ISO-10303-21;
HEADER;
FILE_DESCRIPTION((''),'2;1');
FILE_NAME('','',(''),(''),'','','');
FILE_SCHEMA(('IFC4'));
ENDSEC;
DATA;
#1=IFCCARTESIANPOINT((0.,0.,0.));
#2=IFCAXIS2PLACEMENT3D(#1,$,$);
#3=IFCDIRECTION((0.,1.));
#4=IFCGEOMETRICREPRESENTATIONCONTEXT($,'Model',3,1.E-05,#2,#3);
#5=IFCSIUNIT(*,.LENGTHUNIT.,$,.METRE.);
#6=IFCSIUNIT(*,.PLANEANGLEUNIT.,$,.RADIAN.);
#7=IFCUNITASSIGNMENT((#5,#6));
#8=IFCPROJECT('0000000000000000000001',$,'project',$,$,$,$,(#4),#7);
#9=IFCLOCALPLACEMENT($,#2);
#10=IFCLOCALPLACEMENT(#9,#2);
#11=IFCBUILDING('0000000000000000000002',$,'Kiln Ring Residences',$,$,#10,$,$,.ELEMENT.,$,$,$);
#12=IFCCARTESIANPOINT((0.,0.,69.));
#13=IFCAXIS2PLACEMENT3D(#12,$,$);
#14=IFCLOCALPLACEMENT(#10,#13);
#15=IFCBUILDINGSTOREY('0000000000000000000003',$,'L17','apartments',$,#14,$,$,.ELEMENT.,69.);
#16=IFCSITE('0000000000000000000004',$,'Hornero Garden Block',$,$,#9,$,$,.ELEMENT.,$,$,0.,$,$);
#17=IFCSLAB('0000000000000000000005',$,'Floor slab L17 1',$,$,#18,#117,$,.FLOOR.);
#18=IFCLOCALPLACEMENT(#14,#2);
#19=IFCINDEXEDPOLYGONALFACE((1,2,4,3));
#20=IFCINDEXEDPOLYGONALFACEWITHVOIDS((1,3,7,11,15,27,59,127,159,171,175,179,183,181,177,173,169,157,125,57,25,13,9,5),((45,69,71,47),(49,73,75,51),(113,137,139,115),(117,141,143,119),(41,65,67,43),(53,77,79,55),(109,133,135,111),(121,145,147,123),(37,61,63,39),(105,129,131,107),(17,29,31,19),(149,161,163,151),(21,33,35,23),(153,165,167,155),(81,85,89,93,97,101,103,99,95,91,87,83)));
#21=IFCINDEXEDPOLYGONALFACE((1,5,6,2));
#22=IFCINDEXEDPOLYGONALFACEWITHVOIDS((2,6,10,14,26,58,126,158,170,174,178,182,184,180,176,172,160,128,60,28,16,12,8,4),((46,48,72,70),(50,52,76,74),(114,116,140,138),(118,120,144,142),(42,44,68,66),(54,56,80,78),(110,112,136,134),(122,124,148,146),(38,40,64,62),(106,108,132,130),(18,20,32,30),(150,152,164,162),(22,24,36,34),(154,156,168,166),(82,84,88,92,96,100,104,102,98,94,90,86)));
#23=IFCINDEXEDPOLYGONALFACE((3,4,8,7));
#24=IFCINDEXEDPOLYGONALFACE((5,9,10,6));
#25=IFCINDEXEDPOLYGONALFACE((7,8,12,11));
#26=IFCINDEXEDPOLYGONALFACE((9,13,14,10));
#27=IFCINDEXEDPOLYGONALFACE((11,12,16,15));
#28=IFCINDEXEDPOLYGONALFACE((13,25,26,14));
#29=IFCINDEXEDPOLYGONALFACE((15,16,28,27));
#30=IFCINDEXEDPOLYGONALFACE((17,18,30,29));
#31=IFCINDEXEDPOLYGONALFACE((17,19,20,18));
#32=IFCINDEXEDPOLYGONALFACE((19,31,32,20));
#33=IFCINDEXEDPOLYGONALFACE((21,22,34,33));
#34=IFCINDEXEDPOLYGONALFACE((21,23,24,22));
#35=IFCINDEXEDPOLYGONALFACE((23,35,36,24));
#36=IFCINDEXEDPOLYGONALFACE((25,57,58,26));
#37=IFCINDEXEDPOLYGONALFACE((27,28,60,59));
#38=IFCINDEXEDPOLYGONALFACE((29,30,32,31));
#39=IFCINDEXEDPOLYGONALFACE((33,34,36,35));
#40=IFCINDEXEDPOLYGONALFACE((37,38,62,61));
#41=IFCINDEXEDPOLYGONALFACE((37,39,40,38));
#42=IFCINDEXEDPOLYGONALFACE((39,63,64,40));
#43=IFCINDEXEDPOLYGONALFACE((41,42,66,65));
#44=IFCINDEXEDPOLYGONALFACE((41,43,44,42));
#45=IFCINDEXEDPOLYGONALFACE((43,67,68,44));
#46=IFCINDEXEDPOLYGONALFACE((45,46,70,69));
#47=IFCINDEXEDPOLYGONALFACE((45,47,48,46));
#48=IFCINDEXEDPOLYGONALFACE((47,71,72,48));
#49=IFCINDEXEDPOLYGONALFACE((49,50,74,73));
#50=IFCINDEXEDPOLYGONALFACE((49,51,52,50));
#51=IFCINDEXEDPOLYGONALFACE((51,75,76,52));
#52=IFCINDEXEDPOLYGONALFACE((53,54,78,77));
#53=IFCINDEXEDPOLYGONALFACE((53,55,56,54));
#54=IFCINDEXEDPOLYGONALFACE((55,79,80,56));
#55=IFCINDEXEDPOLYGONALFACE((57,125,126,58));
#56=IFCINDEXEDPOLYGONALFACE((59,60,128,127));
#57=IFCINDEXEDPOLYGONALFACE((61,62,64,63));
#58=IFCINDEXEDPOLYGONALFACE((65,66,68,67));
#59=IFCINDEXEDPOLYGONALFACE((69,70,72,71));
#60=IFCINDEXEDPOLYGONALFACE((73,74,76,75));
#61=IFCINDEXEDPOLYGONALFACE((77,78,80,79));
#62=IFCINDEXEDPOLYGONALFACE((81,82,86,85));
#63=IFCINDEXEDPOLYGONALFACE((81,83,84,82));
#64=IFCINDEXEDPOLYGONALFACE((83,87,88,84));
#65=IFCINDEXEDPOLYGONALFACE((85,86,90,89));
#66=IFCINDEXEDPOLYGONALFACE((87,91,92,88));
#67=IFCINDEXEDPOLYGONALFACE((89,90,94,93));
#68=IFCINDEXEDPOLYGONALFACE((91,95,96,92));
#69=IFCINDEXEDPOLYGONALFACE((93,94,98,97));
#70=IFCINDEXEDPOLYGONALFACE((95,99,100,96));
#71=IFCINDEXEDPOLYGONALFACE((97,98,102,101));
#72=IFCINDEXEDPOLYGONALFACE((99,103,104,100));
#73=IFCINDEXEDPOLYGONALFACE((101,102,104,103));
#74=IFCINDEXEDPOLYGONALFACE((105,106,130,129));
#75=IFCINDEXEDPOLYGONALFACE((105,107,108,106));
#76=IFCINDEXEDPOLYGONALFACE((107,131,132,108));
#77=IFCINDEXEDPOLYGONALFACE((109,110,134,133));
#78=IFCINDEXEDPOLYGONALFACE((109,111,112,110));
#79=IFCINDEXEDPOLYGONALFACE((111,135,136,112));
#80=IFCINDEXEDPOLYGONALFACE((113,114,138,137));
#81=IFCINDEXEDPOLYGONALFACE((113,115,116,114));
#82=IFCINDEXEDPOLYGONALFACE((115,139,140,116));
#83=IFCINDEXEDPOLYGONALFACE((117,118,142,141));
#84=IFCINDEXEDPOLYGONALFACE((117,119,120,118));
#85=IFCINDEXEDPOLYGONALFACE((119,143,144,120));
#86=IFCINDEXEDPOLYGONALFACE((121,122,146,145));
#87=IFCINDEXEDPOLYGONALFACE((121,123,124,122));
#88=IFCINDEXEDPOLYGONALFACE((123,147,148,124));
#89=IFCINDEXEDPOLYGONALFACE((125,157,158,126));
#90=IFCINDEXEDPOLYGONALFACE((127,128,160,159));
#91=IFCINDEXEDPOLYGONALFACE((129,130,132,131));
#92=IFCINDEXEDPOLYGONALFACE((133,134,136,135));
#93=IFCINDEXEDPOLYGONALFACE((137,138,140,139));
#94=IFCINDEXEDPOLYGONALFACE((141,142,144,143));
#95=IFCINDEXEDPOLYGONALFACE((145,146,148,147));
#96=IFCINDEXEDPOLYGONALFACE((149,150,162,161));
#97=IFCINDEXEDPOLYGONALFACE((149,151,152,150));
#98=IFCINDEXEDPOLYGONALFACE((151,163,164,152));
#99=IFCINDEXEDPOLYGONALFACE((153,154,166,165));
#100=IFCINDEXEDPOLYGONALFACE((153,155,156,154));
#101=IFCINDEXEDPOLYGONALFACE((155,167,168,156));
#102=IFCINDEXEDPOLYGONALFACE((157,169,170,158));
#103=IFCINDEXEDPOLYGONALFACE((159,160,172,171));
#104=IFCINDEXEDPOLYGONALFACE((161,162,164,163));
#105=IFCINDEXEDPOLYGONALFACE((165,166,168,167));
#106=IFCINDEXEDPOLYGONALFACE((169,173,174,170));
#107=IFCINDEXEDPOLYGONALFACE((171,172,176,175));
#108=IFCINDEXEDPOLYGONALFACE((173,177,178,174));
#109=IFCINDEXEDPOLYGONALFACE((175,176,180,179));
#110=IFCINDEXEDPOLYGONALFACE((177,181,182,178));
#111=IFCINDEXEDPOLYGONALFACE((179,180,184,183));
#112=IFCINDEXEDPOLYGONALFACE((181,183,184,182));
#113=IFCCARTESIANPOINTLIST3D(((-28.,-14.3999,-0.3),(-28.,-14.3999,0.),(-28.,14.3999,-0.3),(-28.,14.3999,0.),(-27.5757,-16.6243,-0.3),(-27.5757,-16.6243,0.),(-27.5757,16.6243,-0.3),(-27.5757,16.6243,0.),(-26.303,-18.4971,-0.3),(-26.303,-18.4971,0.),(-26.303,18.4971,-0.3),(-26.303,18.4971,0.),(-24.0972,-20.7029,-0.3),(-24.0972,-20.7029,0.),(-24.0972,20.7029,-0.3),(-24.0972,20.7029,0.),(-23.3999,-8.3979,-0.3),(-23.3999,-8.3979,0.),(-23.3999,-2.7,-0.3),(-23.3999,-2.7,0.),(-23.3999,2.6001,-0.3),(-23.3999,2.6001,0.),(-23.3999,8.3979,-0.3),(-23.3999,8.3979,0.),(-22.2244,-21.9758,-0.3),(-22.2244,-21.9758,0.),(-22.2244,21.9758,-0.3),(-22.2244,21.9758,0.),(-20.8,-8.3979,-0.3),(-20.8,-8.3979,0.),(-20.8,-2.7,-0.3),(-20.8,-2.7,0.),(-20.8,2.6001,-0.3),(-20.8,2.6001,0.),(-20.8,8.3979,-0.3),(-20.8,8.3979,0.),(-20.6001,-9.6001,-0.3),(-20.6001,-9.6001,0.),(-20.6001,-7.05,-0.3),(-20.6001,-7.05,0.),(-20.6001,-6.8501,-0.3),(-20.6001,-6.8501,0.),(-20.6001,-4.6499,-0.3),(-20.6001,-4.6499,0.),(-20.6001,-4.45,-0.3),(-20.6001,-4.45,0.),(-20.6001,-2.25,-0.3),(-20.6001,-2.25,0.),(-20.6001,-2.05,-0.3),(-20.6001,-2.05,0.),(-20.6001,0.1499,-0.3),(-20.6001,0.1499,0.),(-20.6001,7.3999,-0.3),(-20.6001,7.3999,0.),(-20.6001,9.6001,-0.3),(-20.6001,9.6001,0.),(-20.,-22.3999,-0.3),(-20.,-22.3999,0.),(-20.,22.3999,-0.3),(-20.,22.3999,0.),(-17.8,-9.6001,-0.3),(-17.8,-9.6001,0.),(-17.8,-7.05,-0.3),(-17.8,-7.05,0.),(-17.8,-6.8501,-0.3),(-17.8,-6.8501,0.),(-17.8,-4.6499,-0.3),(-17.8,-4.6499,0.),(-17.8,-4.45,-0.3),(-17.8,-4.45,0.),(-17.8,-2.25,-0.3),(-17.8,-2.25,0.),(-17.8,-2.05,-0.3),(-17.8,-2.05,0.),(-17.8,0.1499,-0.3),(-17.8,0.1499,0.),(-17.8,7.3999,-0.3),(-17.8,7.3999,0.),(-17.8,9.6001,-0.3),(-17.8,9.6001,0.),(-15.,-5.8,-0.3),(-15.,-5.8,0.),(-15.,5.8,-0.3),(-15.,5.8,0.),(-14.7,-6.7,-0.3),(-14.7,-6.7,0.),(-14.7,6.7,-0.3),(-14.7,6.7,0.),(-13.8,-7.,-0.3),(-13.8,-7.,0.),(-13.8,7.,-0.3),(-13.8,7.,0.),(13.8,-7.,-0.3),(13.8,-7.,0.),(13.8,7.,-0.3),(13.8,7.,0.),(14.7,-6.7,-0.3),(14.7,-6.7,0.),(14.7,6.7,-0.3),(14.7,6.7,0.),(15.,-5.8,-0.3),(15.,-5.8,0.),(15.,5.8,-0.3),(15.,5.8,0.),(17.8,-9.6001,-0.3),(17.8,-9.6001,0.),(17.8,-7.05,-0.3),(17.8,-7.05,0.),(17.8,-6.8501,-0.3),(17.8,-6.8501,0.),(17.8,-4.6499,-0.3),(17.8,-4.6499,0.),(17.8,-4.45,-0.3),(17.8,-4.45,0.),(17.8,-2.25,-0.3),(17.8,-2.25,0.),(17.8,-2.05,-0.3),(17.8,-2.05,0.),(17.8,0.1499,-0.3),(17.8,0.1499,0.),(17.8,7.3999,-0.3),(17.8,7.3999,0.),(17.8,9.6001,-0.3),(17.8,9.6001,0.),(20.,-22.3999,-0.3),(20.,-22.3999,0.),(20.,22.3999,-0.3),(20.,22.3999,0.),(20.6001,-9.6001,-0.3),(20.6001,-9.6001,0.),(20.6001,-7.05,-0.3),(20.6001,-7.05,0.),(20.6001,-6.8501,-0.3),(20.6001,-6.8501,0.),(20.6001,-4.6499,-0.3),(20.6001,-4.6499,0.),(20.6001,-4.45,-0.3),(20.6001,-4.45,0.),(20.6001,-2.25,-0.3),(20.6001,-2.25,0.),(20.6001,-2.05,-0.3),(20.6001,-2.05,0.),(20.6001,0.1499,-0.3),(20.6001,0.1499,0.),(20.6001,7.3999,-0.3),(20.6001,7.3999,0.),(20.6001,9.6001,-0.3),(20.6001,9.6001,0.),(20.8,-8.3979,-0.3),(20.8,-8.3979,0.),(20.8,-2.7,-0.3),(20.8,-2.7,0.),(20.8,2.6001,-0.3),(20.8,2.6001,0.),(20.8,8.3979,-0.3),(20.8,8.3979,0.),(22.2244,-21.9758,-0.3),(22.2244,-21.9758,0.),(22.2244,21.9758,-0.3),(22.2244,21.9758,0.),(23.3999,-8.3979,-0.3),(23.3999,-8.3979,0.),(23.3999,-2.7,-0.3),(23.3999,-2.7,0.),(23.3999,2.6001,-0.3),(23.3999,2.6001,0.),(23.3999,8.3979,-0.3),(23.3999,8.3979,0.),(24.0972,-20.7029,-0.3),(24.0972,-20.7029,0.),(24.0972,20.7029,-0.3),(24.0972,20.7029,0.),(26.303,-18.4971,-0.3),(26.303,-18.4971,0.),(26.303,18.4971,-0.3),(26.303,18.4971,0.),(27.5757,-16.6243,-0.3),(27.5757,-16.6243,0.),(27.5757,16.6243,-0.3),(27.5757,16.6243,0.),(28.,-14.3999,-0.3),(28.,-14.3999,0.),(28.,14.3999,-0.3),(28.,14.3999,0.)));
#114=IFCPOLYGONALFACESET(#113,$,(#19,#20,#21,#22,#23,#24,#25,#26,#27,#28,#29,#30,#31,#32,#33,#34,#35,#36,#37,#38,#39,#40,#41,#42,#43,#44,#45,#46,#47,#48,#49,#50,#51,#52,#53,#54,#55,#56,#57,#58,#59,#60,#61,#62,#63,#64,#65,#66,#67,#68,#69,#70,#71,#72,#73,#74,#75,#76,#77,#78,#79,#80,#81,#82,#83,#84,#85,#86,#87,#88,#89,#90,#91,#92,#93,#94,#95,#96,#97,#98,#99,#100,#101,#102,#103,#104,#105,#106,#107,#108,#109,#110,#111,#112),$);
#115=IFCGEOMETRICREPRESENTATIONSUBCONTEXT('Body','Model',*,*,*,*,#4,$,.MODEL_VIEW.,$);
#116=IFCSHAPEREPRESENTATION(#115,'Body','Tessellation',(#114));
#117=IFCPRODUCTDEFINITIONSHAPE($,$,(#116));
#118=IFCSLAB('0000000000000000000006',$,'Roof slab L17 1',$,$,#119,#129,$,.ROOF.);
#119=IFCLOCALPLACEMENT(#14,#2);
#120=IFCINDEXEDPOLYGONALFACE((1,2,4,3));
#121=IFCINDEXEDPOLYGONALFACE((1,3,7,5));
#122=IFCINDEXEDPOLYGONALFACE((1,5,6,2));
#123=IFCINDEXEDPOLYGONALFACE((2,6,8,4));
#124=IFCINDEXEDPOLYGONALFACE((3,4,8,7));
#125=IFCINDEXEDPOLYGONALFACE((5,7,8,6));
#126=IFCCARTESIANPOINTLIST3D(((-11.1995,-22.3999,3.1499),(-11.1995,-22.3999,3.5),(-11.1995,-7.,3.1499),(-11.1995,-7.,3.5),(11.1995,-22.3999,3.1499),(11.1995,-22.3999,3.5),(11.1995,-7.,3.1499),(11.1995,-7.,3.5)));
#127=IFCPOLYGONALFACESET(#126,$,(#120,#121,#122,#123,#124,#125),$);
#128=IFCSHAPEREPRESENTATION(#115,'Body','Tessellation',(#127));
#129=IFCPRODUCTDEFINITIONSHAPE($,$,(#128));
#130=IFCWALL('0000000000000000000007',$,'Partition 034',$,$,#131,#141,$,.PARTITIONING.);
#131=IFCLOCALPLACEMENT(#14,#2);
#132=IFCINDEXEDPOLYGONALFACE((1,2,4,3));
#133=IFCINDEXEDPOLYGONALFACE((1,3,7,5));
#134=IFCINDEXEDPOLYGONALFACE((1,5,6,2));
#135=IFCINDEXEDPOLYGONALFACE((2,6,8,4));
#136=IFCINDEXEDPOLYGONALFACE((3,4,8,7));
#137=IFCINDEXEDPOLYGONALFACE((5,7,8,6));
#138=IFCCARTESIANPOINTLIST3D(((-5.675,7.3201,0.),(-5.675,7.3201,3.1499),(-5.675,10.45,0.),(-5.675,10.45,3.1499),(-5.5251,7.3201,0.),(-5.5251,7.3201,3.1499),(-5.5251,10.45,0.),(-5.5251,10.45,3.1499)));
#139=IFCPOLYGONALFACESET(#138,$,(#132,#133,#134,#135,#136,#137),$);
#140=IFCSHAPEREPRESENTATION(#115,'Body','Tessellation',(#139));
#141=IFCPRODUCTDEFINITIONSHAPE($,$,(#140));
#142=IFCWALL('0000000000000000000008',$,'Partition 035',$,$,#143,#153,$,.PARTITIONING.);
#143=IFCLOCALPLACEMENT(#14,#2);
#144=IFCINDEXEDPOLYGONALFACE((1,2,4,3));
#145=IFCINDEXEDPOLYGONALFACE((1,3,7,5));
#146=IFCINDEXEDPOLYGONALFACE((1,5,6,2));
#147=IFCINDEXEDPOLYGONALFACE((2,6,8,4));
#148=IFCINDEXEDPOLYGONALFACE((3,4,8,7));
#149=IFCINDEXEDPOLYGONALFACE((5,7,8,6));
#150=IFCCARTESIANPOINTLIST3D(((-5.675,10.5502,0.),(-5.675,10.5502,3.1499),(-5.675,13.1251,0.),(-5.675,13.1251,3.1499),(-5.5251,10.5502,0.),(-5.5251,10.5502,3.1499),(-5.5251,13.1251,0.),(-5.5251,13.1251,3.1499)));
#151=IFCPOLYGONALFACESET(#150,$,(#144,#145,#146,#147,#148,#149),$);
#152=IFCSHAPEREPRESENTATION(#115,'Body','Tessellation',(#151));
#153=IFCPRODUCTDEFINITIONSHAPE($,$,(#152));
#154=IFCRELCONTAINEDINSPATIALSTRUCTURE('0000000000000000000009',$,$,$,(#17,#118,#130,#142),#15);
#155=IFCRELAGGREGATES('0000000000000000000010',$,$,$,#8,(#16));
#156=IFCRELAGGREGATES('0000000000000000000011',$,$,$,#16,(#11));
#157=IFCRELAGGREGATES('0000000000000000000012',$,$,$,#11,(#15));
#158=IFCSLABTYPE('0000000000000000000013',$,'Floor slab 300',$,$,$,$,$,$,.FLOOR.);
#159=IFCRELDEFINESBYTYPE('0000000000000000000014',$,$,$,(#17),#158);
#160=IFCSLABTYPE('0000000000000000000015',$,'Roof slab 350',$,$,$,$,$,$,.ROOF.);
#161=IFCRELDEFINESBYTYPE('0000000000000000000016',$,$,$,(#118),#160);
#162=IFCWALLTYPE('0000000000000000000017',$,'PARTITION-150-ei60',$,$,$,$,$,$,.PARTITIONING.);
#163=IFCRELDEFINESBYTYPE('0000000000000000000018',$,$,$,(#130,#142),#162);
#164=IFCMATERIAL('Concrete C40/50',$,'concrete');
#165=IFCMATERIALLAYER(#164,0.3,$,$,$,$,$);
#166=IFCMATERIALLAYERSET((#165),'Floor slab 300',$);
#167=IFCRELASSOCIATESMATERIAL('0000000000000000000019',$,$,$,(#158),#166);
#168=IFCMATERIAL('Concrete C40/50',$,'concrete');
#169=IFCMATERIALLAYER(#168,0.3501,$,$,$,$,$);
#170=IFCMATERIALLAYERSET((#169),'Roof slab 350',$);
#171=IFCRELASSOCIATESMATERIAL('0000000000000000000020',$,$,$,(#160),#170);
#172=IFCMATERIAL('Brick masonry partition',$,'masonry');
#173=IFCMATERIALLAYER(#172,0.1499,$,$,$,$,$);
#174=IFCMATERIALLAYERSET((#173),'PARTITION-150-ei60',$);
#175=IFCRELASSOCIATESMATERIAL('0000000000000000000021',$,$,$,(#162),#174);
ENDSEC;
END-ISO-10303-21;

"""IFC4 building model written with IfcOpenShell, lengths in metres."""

from ifc_helpers import new_model, si_unit, direction, frame, frame_2d, origin, place, context, subcontext, project, spatial, polyline, rectangle, outline, extrude, material, layer, layer_set, type_object, element, save


model = new_model("IFC4")

# Units and contexts
model_context = context("Model", 3, precision=1e-05, world=origin(), true_north=direction((0.0, 1.0)))
body_context = subcontext(model_context, "Body", "Model", "MODEL_VIEW")
ifc_project = project(units=[si_unit("LENGTHUNIT", "METRE"), si_unit("PLANEANGLEUNIT", "RADIAN")], contexts=[model_context])

# Site, building, storey
site_placement = place(None, origin())
site = spatial("IfcSite", under=ifc_project, at=site_placement, Name="Hornero Garden Block", CompositionType="ELEMENT", RefElevation=0.0)
building_placement = place(site_placement, origin())
building = spatial("IfcBuilding", under=site, at=building_placement, Name="Kiln Ring Residences", CompositionType="ELEMENT")
storey_placement = place(building_placement, frame((0.0, 0.0, 69.0)))
storey = spatial("IfcBuildingStorey", under=building, at=storey_placement, Name="L17", Description="apartments", CompositionType="ELEMENT", Elevation=69.0)

# Slabs
ifc_material_1 = material(Name="Concrete C40/50", Category="concrete")
ifc_layer_1 = layer(ifc_material_1, 0.3)
ifc_layer_set_1 = layer_set([ifc_layer_1], Name="Floor slab 300")
slab_type_1 = type_object("IfcSlabType", Name="Floor slab 300", PredefinedType="FLOOR", material=ifc_layer_set_1)
slab_1_placement = place(storey_placement, frame((0.0, 0.0, -0.3)))
element("IfcSlab", 1, at=slab_1_placement, inside=storey, type_object=slab_type_1, Name="Floor slab L17 1", PredefinedType="FLOOR", context=body_context, shape_type="SweptSolid", body=[
    extrude(outline(polyline([(-26.303, -18.4971), (-24.0972, -20.7029), (-22.2244, -21.9758), (-20.0, -22.3999), (20.0, -22.3999), (22.2244, -21.9758), (24.0972, -20.7029), (26.303, -18.4971), (27.5757, -16.6243), (28.0, -14.3999), (28.0, 14.3999), (27.5757, 16.6243), (26.303, 18.4971), (24.0972, 20.7029), (22.2244, 21.9758), (20.0, 22.3999), (-20.0, 22.3999), (-22.2244, 21.9758), (-24.0972, 20.7029), (-26.303, 18.4971), (-27.5757, 16.6243), (-28.0, 14.3999), (-28.0, -14.3999), (-27.5757, -16.6243), (-26.303, -18.4971)]), holes=[polyline([(-14.7, -6.7), (-15.0, -5.8), (-15.0, 5.8), (-14.7, 6.7), (-13.8, 7.0), (13.8, 7.0), (14.7, 6.7), (15.0, 5.8), (15.0, -5.8), (14.7, -6.7), (13.8, -7.0), (-13.8, -7.0), (-14.7, -6.7)]), polyline([(20.8, -8.3979), (20.8, -2.7), (23.3999, -2.7), (23.3999, -8.3979), (20.8, -8.3979)]), polyline([(20.8, 2.6001), (20.8, 8.3979), (23.3999, 8.3979), (23.3999, 2.6001), (20.8, 2.6001)]), polyline([(17.8, -6.8501), (17.8, -4.6499), (20.6001, -4.6499), (20.6001, -6.8501), (17.8, -6.8501)]), polyline([(17.8, -4.45), (17.8, -2.25), (20.6001, -2.25), (20.6001, -4.45), (17.8, -4.45)]), polyline([(17.8, -2.05), (17.8, 0.1499), (20.6001, 0.1499), (20.6001, -2.05), (17.8, -2.05)]), polyline([(17.8, 7.3999), (17.8, 9.6001), (20.6001, 9.6001), (20.6001, 7.3999), (17.8, 7.3999)]), polyline([(20.6001, -9.6001), (17.8, -9.6001), (17.8, -7.05), (20.6001, -7.05), (20.6001, -9.6001)]), polyline([(-17.8, -7.05), (-17.8, -9.6001), (-20.6001, -9.6001), (-20.6001, -7.05), (-17.8, -7.05)]), polyline([(-17.8, -6.8501), (-20.6001, -6.8501), (-20.6001, -4.6499), (-17.8, -4.6499), (-17.8, -6.8501)]), polyline([(-17.8, -4.45), (-20.6001, -4.45), (-20.6001, -2.25), (-17.8, -2.25), (-17.8, -4.45)]), polyline([(-17.8, -2.05), (-20.6001, -2.05), (-20.6001, 0.1499), (-17.8, 0.1499), (-17.8, -2.05)]), polyline([(-17.8, 7.3999), (-20.6001, 7.3999), (-20.6001, 9.6001), (-17.8, 9.6001), (-17.8, 7.3999)]), polyline([(-20.8, -8.3979), (-23.3999, -8.3979), (-23.3999, -2.7), (-20.8, -2.7), (-20.8, -8.3979)]), polyline([(-20.8, 2.6001), (-23.3999, 2.6001), (-23.3999, 8.3979), (-20.8, 8.3979), (-20.8, 2.6001)])]), origin(), (0.0, 0.0, 1.0), 0.3),
])
ifc_material_2 = material(Name="Concrete C40/50", Category="concrete")
ifc_layer_2 = layer(ifc_material_2, 0.3501)
ifc_layer_set_2 = layer_set([ifc_layer_2], Name="Roof slab 350")
slab_type_2 = type_object("IfcSlabType", Name="Roof slab 350", PredefinedType="ROOF", material=ifc_layer_set_2)
slab_2_placement = place(storey_placement, frame((0.0, 0.0, 3.1499)))
element("IfcSlab", 2, at=slab_2_placement, inside=storey, type_object=slab_type_2, Name="Roof slab L17 1", PredefinedType="ROOF", context=body_context, shape_type="SweptSolid", body=[
    extrude(outline(polyline([(11.1995, -22.3999), (11.1995, -7.0), (-11.1995, -7.0), (-11.1995, -22.3999), (11.1995, -22.3999)])), origin(), (0.0, 0.0, 1.0), 0.3501),
])

# Walls
ifc_material_3 = material(Name="Brick masonry partition", Category="masonry")
ifc_layer_3 = layer(ifc_material_3, 0.1499)
ifc_layer_set_3 = layer_set([ifc_layer_3], Name="PARTITION-150-ei60")
wall_type = type_object("IfcWallType", Name="PARTITION-150-ei60", PredefinedType="PARTITIONING", material=ifc_layer_set_3)
wall_1_placement = place(storey_placement, frame((-5.6001, 7.3201, 0.0), z_axis=(0.0, 0.0, 1.0), x_axis=(0.0, 1.0, 0.0)))
element("IfcWall", 3, at=wall_1_placement, inside=storey, type_object=wall_type, Name="Partition 034", PredefinedType="PARTITIONING", context=body_context, shape_type="SweptSolid", body=[
    extrude(rectangle(XDim=3.1299, YDim=0.1499, at=frame_2d((1.5649, 0.0))), origin(), (0.0, 0.0, 1.0), 3.1499),
])
wall_2_placement = place(storey_placement, frame((-5.6001, 10.55, 0.0), z_axis=(0.0, 0.0, 1.0), x_axis=(0.0, 1.0, 0.0)))
element("IfcWall", 4, at=wall_2_placement, inside=storey, type_object=wall_type, Name="Partition 035", PredefinedType="PARTITIONING", context=body_context, shape_type="SweptSolid", body=[
    extrude(rectangle(XDim=2.575, YDim=0.1499, at=frame_2d((1.2876, 0.0))), origin(), (0.0, 0.0, 1.0), 3.1499),
])

save(model, "model.ifc")
